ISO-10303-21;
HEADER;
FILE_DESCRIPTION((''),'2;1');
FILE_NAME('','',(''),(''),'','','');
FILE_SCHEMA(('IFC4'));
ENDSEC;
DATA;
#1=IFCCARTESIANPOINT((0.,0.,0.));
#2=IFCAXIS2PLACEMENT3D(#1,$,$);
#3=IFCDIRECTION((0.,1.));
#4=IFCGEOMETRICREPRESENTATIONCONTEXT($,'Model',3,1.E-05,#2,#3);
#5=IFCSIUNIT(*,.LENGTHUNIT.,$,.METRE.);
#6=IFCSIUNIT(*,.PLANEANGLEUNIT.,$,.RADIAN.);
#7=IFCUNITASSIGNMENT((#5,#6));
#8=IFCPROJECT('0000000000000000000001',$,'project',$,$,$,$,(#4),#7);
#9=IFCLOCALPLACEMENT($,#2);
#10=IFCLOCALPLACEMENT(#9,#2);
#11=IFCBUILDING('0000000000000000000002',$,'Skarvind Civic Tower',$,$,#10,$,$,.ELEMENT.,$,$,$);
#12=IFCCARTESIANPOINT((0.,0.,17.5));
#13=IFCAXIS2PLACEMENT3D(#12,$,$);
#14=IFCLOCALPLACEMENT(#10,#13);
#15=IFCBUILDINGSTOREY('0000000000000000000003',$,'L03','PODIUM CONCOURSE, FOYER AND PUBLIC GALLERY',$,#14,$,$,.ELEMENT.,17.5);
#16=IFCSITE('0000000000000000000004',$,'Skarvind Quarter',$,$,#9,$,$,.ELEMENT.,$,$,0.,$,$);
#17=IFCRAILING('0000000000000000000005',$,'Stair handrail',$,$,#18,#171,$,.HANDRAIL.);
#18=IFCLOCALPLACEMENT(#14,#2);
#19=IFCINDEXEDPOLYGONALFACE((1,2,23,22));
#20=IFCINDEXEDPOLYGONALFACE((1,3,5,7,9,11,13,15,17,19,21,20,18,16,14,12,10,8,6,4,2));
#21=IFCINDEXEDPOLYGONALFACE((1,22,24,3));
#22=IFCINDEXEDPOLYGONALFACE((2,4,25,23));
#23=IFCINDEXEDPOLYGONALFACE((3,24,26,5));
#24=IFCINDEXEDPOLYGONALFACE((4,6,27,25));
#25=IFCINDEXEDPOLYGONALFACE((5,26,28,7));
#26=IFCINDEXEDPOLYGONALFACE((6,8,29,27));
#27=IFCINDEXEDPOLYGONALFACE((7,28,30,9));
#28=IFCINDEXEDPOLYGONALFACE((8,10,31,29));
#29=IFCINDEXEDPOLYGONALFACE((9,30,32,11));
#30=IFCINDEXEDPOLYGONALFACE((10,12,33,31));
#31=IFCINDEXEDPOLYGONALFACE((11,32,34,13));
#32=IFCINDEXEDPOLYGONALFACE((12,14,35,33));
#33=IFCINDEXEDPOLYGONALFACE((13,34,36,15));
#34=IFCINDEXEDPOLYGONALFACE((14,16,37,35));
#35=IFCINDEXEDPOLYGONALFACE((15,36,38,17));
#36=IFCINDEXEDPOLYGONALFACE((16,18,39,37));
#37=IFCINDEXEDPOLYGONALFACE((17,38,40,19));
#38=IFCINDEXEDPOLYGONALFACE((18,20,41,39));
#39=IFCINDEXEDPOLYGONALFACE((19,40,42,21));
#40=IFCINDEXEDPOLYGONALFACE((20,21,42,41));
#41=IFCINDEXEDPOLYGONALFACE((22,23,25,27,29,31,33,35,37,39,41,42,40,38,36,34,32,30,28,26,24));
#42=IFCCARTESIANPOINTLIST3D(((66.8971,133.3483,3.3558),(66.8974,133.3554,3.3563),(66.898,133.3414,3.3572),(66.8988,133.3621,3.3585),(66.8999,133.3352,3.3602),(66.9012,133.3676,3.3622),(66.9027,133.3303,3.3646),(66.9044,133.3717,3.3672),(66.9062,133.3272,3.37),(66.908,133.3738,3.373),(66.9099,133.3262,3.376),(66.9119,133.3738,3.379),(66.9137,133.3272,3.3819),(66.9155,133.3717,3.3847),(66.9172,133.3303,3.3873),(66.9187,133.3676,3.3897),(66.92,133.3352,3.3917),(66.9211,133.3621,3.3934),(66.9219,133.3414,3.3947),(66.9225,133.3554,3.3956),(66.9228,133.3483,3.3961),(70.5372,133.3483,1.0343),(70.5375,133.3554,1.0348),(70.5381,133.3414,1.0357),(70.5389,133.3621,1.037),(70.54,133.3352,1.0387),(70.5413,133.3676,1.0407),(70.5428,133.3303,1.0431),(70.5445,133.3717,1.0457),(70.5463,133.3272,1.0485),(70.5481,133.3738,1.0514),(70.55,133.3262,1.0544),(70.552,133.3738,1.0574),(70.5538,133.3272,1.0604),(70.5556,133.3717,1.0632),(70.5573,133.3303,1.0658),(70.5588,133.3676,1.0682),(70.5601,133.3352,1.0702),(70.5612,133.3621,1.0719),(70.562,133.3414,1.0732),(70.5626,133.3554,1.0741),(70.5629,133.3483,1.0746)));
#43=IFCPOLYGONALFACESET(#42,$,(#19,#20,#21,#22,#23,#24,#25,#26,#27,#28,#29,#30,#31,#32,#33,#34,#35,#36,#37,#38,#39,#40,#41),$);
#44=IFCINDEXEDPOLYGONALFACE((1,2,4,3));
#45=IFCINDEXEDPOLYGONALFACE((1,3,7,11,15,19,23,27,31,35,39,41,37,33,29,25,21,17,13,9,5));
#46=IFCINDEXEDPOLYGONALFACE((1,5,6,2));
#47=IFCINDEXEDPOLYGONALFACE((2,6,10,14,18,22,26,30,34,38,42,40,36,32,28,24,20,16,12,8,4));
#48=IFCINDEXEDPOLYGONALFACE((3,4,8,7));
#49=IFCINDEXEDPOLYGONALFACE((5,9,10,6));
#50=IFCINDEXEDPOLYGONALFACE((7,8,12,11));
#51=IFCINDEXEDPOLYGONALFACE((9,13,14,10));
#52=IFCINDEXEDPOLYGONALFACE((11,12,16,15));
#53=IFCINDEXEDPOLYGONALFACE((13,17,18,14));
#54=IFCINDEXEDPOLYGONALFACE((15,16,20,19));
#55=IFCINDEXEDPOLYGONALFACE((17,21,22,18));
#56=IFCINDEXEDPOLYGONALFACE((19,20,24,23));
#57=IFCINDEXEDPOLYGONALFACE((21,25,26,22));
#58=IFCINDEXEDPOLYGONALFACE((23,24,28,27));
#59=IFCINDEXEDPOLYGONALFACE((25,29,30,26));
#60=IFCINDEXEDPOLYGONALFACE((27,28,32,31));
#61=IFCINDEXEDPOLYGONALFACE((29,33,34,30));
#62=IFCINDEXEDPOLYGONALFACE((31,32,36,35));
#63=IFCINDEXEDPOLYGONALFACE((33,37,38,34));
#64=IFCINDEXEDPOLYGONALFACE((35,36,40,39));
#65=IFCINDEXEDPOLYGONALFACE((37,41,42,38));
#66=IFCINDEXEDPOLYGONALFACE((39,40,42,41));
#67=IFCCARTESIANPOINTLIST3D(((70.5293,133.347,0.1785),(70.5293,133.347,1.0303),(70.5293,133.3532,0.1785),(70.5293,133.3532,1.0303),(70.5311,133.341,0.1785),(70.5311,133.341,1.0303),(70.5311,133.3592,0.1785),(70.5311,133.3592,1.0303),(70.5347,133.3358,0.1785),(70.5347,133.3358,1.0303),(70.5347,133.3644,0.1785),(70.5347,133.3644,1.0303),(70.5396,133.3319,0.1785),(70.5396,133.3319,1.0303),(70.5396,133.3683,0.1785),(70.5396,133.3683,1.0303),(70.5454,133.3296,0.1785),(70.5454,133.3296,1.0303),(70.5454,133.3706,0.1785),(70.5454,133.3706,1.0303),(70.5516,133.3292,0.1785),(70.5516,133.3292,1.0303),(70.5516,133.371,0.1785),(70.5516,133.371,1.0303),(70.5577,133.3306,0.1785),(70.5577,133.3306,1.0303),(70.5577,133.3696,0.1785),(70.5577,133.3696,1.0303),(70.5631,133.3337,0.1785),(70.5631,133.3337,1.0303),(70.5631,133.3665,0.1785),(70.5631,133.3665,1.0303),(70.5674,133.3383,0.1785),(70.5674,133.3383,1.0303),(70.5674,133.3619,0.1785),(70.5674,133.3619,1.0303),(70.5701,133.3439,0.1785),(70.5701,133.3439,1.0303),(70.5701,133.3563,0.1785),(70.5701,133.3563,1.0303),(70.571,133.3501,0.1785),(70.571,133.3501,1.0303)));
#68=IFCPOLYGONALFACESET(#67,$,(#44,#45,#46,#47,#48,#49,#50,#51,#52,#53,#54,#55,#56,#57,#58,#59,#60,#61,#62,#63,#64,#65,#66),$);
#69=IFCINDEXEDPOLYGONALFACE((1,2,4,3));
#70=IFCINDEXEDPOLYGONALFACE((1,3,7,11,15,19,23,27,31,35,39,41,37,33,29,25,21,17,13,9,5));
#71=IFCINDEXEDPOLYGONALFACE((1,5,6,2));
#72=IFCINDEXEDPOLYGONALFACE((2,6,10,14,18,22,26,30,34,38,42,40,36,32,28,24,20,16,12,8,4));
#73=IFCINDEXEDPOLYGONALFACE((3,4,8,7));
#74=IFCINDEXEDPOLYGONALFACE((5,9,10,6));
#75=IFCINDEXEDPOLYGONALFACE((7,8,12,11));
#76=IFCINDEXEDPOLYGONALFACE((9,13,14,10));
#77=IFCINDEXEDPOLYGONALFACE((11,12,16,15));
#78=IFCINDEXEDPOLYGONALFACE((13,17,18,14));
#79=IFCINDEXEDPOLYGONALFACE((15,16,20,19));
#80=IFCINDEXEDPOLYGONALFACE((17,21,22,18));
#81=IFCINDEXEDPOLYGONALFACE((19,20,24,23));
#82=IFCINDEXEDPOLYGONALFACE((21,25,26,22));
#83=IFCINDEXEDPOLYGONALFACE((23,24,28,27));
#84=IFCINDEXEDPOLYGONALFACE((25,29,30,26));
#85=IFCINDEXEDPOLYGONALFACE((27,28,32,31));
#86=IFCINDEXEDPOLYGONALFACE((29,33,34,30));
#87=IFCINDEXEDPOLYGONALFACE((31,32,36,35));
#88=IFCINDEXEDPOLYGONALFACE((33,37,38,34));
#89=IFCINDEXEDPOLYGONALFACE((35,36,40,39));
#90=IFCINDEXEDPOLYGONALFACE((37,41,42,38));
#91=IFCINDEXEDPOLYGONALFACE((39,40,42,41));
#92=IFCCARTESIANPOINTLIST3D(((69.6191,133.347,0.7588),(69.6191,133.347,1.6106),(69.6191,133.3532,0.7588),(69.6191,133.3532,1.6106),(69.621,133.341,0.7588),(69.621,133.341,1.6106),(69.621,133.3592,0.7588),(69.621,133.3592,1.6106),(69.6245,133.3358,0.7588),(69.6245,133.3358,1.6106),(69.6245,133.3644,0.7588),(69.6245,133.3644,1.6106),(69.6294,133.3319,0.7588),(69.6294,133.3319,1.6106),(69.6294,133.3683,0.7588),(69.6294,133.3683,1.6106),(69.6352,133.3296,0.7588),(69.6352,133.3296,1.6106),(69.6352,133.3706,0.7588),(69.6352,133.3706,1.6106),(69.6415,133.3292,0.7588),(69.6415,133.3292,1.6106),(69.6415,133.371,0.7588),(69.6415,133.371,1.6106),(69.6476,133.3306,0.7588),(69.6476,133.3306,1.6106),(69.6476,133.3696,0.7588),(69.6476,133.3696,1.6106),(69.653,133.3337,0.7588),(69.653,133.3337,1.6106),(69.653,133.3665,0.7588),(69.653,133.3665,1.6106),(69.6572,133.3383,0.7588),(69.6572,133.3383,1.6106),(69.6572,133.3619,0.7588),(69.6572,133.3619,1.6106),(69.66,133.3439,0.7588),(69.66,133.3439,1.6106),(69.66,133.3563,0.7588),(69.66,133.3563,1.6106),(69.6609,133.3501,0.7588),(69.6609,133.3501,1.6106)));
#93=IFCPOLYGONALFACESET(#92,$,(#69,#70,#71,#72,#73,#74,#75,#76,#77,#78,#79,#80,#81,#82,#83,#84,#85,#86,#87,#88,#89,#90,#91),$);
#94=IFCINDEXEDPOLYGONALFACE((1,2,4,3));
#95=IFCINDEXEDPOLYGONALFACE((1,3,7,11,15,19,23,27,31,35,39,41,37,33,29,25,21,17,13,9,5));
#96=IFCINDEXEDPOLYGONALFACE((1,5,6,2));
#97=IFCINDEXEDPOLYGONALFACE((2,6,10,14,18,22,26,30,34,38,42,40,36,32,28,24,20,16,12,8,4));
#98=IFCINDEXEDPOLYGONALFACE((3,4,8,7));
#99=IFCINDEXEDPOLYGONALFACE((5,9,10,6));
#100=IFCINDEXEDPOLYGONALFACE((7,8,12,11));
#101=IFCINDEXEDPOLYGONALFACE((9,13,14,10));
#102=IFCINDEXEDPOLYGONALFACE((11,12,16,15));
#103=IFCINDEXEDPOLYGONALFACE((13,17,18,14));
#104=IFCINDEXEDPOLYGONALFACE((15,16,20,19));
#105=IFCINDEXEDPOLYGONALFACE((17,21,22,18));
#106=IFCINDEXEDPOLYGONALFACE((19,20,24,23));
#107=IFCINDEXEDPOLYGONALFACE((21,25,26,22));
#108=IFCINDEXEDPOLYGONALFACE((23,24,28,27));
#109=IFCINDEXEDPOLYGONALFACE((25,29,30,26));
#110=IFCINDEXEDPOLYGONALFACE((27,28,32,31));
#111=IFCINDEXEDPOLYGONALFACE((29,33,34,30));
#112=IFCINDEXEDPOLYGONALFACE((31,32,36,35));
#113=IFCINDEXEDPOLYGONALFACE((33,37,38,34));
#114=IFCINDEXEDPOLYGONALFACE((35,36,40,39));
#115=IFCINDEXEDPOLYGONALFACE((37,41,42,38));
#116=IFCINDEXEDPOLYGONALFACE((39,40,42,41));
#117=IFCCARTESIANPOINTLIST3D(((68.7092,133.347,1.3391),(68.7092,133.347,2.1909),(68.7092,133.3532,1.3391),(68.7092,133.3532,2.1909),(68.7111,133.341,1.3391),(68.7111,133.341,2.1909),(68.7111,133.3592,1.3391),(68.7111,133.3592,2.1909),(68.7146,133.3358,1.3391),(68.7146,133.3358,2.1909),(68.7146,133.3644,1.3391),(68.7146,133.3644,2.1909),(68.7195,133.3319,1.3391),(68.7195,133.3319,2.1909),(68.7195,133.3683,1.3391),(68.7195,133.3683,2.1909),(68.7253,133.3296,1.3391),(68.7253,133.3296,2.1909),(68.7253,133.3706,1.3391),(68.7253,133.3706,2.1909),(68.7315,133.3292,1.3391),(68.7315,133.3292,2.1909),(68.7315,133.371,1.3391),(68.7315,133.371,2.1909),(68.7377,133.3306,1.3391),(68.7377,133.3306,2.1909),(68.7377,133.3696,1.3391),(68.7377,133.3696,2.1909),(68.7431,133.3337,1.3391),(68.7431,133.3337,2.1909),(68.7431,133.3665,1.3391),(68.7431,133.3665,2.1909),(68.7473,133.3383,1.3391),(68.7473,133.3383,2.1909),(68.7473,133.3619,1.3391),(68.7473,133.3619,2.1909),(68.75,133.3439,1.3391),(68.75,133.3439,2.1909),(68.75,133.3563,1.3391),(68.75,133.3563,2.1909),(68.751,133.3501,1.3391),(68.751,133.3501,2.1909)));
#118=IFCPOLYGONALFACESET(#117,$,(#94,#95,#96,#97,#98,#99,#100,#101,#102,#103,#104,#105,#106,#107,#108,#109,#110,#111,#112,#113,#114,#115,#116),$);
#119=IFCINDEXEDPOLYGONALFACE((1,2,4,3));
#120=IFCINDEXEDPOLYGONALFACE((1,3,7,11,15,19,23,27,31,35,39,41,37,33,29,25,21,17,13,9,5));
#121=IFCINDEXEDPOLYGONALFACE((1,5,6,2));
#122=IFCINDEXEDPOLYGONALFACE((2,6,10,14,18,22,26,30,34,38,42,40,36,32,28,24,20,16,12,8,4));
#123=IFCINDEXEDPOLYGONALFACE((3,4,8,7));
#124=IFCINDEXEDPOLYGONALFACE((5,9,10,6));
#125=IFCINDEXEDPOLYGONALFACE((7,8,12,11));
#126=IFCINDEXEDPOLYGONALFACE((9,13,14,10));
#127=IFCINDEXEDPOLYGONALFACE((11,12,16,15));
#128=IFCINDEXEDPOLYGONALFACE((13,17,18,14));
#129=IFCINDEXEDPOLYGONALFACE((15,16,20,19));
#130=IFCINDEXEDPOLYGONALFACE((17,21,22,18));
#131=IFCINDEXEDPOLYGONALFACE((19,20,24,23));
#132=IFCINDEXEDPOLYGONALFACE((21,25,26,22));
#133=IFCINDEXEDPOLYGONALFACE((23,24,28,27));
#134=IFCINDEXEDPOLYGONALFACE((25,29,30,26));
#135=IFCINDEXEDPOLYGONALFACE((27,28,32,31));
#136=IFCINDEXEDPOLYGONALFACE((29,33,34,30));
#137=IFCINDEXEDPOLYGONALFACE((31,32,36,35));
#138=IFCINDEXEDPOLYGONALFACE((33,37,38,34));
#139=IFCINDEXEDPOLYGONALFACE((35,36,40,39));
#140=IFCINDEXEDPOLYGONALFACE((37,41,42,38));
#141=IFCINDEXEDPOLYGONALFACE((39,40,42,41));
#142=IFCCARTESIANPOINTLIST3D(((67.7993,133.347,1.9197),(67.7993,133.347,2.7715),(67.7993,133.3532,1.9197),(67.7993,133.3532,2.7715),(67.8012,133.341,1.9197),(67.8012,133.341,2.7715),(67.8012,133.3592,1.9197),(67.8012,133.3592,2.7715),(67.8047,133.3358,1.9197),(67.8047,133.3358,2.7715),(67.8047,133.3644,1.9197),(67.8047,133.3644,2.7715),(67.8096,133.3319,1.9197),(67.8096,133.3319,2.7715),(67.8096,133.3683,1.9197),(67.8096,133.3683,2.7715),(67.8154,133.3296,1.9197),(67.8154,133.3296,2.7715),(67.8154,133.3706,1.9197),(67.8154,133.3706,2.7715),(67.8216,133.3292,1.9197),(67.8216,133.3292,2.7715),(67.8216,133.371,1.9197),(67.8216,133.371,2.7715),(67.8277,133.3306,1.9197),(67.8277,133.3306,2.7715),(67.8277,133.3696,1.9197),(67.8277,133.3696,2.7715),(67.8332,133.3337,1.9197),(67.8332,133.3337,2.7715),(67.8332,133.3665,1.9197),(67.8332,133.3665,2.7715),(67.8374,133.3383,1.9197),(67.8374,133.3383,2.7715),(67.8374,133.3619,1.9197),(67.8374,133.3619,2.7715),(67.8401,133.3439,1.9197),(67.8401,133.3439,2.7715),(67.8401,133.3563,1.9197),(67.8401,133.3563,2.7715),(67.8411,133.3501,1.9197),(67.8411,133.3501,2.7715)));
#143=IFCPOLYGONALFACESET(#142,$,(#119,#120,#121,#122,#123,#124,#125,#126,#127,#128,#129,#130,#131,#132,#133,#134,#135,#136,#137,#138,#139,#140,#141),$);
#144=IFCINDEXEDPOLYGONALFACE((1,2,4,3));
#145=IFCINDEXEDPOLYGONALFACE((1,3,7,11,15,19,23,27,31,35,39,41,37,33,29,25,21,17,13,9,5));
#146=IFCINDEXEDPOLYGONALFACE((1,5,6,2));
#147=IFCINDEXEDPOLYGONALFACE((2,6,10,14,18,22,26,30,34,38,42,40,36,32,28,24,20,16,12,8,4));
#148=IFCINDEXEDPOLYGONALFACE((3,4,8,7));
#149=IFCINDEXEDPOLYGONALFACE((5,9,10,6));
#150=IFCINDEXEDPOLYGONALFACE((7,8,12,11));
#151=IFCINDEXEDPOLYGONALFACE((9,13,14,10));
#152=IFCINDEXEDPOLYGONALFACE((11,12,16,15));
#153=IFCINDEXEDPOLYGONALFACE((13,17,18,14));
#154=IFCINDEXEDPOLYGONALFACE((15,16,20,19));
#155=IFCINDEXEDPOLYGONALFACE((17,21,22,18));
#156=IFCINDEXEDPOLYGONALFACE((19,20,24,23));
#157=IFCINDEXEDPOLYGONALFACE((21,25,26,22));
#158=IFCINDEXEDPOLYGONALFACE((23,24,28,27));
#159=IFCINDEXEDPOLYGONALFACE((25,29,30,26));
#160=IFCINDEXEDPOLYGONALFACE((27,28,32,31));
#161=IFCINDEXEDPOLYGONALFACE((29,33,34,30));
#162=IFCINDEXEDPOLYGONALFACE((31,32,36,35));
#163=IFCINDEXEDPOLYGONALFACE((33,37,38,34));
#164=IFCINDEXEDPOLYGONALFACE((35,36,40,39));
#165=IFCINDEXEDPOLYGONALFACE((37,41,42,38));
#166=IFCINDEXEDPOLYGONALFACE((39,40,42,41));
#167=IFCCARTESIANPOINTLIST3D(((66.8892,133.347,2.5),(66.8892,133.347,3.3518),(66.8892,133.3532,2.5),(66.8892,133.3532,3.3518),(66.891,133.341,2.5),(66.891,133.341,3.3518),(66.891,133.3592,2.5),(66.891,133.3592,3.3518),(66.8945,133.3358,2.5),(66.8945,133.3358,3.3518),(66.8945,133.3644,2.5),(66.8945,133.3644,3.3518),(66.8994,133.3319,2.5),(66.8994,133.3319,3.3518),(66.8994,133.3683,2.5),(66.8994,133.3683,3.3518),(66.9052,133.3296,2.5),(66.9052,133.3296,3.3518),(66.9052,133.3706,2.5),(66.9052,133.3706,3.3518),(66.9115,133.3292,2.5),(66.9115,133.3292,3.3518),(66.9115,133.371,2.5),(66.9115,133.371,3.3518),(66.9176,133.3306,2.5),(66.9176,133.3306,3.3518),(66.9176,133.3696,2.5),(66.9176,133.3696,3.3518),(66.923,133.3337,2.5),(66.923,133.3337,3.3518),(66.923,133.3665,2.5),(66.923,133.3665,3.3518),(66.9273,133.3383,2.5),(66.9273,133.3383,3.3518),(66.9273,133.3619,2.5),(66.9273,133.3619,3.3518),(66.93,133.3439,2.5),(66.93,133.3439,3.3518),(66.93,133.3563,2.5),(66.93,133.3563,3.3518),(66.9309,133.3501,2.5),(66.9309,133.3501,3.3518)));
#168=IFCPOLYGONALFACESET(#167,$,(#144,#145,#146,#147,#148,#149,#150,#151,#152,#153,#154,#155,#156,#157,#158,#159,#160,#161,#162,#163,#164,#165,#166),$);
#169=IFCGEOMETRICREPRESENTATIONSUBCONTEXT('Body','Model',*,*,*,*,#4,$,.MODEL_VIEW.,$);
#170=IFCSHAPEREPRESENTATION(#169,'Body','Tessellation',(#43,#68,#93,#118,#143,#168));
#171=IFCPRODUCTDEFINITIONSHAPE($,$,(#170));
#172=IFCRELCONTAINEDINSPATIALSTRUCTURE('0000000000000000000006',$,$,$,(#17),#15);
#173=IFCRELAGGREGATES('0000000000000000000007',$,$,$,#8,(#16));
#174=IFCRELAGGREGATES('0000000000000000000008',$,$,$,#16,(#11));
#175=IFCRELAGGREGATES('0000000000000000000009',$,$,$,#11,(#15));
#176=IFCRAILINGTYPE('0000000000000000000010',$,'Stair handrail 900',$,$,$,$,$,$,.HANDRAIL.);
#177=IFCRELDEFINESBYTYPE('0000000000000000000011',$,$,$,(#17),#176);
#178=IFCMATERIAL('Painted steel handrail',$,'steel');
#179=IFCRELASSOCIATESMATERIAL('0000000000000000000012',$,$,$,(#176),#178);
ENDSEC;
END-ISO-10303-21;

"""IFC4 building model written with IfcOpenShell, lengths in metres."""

from ifc_helpers import new_model, si_unit, direction, frame, origin, origin_2d, place, context, subcontext, project, spatial, circle, extrude, material, type_object, element, save


model = new_model("IFC4")

# Units and contexts
model_context = context("Model", 3, precision=1e-05, world=origin(), true_north=direction((0.0, 1.0)))
body_context = subcontext(model_context, "Body", "Model", "MODEL_VIEW")
ifc_project = project(units=[si_unit("LENGTHUNIT", "METRE"), si_unit("PLANEANGLEUNIT", "RADIAN")], contexts=[model_context])

# Site, building, storey
site_placement = place(None, origin())
site = spatial("IfcSite", under=ifc_project, at=site_placement, Name="Skarvind Quarter", CompositionType="ELEMENT", RefElevation=0.0)
building_placement = place(site_placement, origin())
building = spatial("IfcBuilding", under=site, at=building_placement, Name="Skarvind Civic Tower", CompositionType="ELEMENT")
storey_placement = place(building_placement, frame((0.0, 0.0, 17.5)))
storey = spatial("IfcBuildingStorey", under=building, at=storey_placement, Name="L03", Description="PODIUM CONCOURSE, FOYER AND PUBLIC GALLERY", CompositionType="ELEMENT", Elevation=17.5)

# Railing
ifc_material_1 = material(Name="Painted steel handrail", Category="steel")
railing_type = type_object("IfcRailingType", Name="Stair handrail 900", PredefinedType="HANDRAIL", material=ifc_material_1)
railing_1_placement = place(storey_placement, frame((70.55, 133.3501, 0.1785)))
element("IfcRailing", 1, at=railing_1_placement, inside=storey, type_object=railing_type, Name="Stair handrail", PredefinedType="HANDRAIL", context=body_context, shape_type="SweptSolid", body=[
    extrude(circle(Radius=0.0239, at=origin_2d()), frame((0.0, 0.0, 0.876), z_axis=(-0.843128, 0.0, 0.537713), x_axis=(0.0, -1.0, 0.0)), (0.0, 0.0, 1.0), 4.3174),
    extrude(circle(Radius=0.021, at=origin_2d()), origin(), (0.0, 0.0, 1.0), 0.8518),
    extrude(circle(Radius=0.021, at=origin_2d()), frame((-0.9102, 0.0, 0.5803)), (0.0, 0.0, 1.0), 0.8518),
    extrude(circle(Radius=0.021, at=origin_2d()), frame((-1.8201, 0.0, 1.1606)), (0.0, 0.0, 1.0), 0.8518),
    extrude(circle(Radius=0.021, at=origin_2d()), frame((-2.73, 0.0, 1.7412)), (0.0, 0.0, 1.0), 0.8518),
    extrude(circle(Radius=0.021, at=origin_2d()), frame((-3.6401, 0.0, 2.3215)), (0.0, 0.0, 1.0), 0.8518),
])

save(model, "model.ifc")
